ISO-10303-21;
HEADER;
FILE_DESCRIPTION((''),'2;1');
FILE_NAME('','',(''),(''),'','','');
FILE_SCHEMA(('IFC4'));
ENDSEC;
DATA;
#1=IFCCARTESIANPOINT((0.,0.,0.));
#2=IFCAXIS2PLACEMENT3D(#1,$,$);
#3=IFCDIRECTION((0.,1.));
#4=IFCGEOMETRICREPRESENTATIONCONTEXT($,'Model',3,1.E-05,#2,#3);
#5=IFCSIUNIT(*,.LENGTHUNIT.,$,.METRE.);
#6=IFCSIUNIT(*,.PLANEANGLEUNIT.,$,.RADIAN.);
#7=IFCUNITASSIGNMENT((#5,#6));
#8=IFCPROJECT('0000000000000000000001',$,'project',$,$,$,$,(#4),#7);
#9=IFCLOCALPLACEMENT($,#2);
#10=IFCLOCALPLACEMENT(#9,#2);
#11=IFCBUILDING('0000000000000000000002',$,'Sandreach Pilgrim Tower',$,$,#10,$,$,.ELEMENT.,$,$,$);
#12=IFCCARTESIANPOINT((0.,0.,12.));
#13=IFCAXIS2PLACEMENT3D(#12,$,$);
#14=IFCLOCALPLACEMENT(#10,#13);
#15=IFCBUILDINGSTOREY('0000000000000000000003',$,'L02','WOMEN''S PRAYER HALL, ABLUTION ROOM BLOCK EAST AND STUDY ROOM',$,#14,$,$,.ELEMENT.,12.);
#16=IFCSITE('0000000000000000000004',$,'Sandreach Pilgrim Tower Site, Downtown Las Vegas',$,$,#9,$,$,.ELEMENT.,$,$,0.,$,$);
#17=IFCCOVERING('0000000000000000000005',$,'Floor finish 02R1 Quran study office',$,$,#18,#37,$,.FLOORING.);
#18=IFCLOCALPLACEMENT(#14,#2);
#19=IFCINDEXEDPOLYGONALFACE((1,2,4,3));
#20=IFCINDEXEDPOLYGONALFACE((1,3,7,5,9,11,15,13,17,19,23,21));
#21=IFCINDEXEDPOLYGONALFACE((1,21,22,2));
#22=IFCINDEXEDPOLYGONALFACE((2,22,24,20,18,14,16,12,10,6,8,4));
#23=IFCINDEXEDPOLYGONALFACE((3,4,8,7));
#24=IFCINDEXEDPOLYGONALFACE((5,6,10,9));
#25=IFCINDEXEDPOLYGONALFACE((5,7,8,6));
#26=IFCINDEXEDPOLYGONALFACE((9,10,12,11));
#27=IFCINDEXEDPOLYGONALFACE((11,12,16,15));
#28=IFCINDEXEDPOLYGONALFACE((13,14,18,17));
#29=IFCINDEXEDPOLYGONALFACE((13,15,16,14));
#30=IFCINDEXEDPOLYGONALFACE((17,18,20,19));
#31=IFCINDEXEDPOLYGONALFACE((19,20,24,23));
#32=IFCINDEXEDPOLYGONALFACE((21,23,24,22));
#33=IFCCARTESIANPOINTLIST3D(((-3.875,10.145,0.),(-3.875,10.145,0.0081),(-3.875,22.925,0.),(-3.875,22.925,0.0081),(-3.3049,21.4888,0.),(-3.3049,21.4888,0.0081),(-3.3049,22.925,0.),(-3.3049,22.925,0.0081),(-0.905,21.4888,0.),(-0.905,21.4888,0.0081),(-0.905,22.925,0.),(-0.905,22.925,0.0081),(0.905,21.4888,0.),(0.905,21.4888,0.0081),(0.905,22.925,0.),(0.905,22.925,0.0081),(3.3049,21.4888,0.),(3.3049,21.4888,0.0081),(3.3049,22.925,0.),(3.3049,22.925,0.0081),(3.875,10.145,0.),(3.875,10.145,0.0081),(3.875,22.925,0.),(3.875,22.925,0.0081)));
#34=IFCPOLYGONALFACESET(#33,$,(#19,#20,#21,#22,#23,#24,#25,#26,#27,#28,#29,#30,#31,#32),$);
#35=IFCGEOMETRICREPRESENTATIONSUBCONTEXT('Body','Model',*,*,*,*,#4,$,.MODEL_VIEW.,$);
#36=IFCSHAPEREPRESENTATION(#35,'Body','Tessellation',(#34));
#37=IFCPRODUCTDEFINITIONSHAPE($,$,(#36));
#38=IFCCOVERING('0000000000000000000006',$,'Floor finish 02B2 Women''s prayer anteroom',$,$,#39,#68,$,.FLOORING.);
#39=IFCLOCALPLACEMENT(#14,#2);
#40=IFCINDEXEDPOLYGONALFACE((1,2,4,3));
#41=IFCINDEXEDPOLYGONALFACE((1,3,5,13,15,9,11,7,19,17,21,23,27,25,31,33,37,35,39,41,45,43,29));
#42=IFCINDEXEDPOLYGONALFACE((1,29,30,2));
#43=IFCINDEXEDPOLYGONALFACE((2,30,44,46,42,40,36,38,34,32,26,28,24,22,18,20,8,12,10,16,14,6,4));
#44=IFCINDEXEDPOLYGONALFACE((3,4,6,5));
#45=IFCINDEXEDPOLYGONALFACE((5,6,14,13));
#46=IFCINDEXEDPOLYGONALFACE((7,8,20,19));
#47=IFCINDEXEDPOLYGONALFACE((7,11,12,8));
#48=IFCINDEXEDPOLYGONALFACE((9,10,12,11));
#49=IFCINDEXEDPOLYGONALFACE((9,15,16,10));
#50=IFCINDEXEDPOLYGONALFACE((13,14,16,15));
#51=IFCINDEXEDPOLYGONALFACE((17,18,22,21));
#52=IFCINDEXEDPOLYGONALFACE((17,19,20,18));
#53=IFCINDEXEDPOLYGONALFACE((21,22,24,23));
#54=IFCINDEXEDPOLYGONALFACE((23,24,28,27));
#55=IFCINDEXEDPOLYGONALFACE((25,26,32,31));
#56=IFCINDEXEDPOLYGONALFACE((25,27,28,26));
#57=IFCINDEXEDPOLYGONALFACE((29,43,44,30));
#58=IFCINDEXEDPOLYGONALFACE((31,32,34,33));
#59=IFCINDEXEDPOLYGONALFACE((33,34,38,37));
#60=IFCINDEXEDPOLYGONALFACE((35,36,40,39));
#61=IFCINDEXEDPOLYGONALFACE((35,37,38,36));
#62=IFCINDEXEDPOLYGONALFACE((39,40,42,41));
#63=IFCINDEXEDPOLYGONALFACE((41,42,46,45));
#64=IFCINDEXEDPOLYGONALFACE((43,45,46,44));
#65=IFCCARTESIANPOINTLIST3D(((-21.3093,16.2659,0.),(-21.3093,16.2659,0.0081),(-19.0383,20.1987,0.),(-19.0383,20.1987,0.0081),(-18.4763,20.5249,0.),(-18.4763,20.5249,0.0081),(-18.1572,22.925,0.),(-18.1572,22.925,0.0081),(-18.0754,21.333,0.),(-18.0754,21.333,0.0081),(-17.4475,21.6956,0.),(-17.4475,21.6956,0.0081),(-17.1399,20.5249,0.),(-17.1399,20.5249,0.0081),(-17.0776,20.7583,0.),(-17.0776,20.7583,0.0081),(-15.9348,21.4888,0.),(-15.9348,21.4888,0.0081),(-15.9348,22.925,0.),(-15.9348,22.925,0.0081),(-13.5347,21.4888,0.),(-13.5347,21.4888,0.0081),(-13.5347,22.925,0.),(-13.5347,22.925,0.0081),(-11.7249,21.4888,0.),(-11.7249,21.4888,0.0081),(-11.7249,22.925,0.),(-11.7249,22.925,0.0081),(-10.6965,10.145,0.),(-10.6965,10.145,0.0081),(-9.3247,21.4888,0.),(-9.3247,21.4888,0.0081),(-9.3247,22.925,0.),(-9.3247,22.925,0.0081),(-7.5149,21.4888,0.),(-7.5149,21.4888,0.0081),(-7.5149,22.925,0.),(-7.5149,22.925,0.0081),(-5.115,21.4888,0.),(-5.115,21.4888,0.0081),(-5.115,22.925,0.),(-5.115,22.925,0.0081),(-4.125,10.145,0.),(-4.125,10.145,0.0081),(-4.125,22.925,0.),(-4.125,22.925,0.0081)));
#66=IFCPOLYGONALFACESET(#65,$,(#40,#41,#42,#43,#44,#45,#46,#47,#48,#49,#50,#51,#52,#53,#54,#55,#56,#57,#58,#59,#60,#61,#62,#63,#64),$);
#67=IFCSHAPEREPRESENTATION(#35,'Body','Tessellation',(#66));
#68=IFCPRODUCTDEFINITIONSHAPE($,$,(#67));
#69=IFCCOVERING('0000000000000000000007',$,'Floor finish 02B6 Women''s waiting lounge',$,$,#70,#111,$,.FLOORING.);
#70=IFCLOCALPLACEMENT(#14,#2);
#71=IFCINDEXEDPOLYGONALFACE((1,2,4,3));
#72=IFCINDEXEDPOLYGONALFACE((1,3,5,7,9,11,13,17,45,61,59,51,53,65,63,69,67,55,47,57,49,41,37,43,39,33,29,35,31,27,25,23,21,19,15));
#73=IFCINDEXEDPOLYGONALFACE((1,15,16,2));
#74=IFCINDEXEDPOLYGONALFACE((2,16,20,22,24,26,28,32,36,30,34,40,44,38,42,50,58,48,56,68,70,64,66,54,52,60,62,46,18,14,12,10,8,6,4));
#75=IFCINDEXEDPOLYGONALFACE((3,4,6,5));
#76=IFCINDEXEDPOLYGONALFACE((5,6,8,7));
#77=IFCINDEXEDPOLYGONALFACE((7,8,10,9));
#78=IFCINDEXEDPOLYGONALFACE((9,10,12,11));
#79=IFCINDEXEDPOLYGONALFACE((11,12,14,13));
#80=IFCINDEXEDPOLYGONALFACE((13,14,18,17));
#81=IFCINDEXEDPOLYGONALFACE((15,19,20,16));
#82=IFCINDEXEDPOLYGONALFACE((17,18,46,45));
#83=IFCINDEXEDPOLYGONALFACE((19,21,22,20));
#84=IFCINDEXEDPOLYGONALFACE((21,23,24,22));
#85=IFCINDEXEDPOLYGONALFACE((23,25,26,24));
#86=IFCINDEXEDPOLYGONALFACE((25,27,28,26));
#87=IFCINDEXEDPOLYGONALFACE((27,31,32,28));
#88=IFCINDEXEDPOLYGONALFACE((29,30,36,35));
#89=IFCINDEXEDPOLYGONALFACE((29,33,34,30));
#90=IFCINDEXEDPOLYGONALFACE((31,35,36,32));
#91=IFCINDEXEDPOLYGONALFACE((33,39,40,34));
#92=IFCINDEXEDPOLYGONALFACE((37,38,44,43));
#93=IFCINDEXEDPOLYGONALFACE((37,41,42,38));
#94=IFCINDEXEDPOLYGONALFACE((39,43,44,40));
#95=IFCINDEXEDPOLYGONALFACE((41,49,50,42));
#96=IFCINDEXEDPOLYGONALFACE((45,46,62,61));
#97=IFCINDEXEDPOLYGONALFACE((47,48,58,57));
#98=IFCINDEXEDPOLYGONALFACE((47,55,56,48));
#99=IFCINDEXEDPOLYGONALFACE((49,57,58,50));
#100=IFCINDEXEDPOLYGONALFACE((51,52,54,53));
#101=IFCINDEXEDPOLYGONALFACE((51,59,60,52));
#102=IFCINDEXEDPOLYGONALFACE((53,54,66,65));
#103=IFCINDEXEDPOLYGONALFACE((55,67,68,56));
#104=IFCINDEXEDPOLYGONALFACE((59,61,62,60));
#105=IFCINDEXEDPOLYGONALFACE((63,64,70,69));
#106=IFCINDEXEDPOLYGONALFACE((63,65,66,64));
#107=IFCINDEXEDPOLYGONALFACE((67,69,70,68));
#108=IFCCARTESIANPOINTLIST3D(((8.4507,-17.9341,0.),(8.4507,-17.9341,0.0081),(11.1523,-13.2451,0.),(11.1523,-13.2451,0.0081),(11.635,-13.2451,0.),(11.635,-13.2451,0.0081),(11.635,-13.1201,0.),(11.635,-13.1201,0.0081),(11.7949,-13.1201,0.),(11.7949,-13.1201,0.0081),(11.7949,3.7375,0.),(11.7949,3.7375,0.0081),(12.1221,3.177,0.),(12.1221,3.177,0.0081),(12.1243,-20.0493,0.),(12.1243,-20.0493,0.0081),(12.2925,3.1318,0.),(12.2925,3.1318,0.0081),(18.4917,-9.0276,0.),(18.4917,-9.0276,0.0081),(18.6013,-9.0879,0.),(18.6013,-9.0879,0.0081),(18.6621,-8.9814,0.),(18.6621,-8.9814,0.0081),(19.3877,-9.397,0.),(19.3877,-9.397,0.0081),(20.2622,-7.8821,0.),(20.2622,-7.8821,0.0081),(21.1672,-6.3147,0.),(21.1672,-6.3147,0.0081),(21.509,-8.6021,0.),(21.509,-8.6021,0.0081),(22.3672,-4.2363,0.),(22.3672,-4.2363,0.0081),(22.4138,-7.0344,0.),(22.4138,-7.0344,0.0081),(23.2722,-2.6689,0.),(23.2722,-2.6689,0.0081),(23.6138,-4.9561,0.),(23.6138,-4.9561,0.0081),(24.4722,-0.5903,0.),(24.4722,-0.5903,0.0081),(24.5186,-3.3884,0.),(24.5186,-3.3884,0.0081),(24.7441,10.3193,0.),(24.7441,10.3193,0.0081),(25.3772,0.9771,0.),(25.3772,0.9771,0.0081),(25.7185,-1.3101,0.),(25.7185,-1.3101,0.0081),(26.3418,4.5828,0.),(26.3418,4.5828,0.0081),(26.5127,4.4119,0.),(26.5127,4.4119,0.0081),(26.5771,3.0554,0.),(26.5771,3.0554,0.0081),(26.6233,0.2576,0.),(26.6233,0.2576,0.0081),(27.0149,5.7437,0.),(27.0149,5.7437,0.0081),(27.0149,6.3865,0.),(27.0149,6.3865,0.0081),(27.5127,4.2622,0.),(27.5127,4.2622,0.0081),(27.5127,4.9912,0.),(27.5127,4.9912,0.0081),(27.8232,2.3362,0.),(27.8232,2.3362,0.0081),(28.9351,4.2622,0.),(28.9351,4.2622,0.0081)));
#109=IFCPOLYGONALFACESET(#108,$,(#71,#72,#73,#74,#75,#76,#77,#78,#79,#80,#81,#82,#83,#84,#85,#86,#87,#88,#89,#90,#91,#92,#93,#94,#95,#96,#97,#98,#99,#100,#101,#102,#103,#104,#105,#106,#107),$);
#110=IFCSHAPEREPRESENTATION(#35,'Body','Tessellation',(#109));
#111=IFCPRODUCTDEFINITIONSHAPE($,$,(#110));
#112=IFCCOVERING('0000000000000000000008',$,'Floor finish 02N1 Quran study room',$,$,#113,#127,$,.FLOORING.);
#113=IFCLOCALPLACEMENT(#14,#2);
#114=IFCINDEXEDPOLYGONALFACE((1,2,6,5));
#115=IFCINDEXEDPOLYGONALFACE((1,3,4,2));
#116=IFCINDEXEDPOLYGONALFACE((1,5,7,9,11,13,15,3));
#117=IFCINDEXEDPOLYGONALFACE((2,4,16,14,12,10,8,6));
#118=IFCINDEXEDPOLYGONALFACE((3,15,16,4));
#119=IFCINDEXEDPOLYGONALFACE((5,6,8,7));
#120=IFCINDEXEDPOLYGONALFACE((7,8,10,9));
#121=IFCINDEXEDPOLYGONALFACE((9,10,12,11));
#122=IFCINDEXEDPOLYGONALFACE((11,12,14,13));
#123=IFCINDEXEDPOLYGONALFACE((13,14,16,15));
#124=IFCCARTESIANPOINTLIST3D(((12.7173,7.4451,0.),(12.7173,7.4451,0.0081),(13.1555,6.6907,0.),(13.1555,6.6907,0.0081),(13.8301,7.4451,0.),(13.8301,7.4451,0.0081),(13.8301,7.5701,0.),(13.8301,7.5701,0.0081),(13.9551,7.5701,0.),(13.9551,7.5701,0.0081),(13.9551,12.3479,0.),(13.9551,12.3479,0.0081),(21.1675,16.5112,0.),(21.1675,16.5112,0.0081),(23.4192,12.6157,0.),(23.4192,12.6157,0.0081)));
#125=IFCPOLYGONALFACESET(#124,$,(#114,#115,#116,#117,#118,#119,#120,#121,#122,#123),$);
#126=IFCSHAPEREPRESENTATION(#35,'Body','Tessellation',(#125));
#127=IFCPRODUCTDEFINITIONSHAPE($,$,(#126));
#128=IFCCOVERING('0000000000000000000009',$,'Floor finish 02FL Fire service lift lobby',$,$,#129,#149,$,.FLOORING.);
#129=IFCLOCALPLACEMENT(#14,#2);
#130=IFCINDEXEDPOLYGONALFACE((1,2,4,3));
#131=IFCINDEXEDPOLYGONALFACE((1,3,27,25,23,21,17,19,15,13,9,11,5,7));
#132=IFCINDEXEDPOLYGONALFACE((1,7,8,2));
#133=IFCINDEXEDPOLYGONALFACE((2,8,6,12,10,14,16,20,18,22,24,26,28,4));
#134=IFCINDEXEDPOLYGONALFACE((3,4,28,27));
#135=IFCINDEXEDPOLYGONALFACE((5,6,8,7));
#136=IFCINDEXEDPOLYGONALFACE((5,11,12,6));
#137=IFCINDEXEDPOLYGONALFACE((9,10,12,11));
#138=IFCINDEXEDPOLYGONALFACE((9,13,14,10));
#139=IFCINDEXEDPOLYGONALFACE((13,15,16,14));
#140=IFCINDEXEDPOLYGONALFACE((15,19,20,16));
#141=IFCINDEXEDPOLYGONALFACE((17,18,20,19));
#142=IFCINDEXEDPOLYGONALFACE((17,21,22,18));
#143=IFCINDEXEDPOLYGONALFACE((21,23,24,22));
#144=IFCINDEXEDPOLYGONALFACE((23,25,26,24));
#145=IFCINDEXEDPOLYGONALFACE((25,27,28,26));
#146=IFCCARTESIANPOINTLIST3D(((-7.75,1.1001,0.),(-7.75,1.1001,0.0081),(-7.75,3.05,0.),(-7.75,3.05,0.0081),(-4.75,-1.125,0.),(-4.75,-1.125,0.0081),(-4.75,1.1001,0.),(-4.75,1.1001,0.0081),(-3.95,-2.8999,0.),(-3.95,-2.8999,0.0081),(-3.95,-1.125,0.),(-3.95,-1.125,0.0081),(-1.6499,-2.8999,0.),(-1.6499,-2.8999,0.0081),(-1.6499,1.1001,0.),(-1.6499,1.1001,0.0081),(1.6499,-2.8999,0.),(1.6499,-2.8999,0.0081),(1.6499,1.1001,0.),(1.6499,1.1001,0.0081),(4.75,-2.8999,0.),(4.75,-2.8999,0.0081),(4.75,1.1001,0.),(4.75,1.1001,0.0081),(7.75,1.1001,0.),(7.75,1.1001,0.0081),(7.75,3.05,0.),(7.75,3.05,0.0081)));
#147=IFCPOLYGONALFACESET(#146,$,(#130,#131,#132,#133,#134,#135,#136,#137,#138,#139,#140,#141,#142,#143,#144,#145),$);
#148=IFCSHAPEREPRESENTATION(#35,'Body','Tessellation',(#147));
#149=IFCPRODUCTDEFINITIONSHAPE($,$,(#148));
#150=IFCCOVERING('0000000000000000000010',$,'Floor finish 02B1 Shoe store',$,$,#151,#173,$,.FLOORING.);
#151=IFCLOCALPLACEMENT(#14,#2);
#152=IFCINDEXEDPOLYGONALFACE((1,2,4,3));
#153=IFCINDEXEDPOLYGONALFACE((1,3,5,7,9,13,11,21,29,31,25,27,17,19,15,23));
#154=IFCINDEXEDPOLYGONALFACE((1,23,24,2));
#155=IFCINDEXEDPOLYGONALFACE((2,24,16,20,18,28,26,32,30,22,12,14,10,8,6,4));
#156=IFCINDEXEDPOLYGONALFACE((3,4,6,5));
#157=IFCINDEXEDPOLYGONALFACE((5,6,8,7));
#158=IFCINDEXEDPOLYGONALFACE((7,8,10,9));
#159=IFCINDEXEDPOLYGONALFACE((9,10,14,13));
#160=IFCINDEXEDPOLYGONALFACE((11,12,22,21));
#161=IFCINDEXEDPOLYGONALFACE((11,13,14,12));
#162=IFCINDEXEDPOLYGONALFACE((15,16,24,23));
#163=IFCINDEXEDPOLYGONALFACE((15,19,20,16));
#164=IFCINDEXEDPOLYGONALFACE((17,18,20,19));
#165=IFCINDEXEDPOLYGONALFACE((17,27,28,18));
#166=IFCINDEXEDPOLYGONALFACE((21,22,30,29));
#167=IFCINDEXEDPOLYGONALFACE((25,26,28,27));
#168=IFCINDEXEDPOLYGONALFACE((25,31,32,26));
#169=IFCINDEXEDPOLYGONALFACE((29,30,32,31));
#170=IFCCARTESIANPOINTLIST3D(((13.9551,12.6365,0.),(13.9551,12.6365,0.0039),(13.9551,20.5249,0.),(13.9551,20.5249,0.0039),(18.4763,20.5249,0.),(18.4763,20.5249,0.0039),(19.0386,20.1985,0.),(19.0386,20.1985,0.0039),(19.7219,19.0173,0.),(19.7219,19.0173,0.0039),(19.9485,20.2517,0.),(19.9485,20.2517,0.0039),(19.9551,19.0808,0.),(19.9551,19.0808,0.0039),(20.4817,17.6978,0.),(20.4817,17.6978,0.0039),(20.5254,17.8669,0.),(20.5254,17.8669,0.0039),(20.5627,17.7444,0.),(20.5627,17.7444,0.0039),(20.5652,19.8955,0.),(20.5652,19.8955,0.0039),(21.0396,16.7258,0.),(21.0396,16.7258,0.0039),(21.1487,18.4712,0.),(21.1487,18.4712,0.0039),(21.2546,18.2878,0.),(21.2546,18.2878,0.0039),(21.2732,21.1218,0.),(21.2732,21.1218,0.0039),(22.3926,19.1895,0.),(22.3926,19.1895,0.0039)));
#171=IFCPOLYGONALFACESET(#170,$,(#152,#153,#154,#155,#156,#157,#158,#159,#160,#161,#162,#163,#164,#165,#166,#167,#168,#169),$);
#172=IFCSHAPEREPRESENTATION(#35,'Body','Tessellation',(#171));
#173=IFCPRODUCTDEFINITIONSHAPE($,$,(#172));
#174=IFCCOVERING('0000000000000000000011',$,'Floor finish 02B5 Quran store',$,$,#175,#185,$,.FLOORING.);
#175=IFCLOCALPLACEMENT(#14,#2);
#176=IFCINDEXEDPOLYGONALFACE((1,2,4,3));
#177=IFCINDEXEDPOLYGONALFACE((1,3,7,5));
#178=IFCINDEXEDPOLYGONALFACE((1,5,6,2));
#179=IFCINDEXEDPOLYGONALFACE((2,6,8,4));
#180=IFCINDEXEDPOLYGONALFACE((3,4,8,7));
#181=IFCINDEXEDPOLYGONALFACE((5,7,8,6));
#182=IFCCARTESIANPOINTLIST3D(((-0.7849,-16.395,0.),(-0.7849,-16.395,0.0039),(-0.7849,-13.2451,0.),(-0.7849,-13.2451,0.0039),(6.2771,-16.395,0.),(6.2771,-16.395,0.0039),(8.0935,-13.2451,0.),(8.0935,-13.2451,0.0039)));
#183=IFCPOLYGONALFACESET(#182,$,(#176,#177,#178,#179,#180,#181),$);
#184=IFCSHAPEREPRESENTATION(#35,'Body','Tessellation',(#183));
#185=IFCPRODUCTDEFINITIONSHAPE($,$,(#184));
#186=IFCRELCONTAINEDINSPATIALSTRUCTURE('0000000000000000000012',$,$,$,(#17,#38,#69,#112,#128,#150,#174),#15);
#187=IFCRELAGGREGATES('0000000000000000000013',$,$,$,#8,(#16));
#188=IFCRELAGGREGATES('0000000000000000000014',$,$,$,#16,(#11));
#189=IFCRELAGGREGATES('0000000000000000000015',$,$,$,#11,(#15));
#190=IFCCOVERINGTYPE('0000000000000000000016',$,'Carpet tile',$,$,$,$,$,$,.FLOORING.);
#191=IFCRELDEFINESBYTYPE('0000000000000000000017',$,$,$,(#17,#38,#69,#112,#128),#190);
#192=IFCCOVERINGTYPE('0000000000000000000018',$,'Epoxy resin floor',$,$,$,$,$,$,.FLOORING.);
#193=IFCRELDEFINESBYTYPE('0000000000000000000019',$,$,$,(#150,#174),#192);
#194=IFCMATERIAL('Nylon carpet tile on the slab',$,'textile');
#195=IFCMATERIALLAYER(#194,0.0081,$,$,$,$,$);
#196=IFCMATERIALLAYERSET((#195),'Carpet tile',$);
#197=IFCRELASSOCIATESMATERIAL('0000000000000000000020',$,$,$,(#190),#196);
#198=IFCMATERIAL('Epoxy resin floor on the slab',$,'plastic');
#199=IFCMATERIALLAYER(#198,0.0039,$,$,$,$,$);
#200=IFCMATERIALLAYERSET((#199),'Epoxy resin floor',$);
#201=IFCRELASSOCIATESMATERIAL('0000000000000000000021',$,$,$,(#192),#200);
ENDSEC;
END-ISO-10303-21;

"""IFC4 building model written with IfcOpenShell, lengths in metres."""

from ifc_helpers import new_model, si_unit, direction, frame, origin, place, context, subcontext, project, spatial, polyline, outline, extrude, material, layer, layer_set, type_object, element, save


model = new_model("IFC4")

# Units and contexts
model_context = context("Model", 3, precision=1e-05, world=origin(), true_north=direction((0.0, 1.0)))
body_context = subcontext(model_context, "Body", "Model", "MODEL_VIEW")
ifc_project = project(units=[si_unit("LENGTHUNIT", "METRE"), si_unit("PLANEANGLEUNIT", "RADIAN")], contexts=[model_context])

# Site, building, storey
site_placement = place(None, origin())
site = spatial("IfcSite", under=ifc_project, at=site_placement, Name="Sandreach Pilgrim Tower Site, Downtown Las Vegas", CompositionType="ELEMENT", RefElevation=0.0)
building_placement = place(site_placement, origin())
building = spatial("IfcBuilding", under=site, at=building_placement, Name="Sandreach Pilgrim Tower", CompositionType="ELEMENT")
storey_placement = place(building_placement, frame((0.0, 0.0, 12.0)))
storey = spatial("IfcBuildingStorey", under=building, at=storey_placement, Name="L02", Description="WOMEN'S PRAYER HALL, ABLUTION ROOM BLOCK EAST AND STUDY ROOM", CompositionType="ELEMENT", Elevation=12.0)

# Coverings
ifc_material_1 = material(Name="Nylon carpet tile on the slab", Category="textile")
ifc_layer_1 = layer(ifc_material_1, 0.0081)
ifc_layer_set_1 = layer_set([ifc_layer_1], Name="Carpet tile")
covering_type_1 = type_object("IfcCoveringType", Name="Carpet tile", PredefinedType="FLOORING", material=ifc_layer_set_1)
covering_1_placement = place(storey_placement, origin())
element("IfcCovering", 1, at=covering_1_placement, inside=storey, type_object=covering_type_1, Name="Floor finish 02R1 Quran study office", PredefinedType="FLOORING", context=body_context, shape_type="SweptSolid", body=[
    extrude(outline(polyline([(3.875, 10.145), (-3.875, 10.145), (-3.875, 22.925), (-3.3049, 22.925), (-3.3049, 21.4888), (-0.905, 21.4888), (-0.905, 22.925), (0.905, 22.925), (0.905, 21.4888), (3.3049, 21.4888), (3.3049, 22.925), (3.875, 22.925), (3.875, 10.145)])), origin(), (0.0, 0.0, 1.0), 0.0081),
])
covering_2_placement = place(storey_placement, origin())
element("IfcCovering", 2, at=covering_2_placement, inside=storey, type_object=covering_type_1, Name="Floor finish 02B2 Women's prayer anteroom", PredefinedType="FLOORING", context=body_context, shape_type="SweptSolid", body=[
    extrude(outline(polyline([(-5.115, 22.925), (-4.125, 22.925), (-4.125, 10.145), (-10.6965, 10.145), (-21.3093, 16.2659), (-19.0383, 20.1987), (-18.4763, 20.5249), (-17.1399, 20.5249), (-17.0776, 20.7583), (-18.0754, 21.333), (-17.4475, 21.6956), (-18.1572, 22.925), (-15.9348, 22.925), (-15.9348, 21.4888), (-13.5347, 21.4888), (-13.5347, 22.925), (-11.7249, 22.925), (-11.7249, 21.4888), (-9.3247, 21.4888), (-9.3247, 22.925), (-7.5149, 22.925), (-7.5149, 21.4888), (-5.115, 21.4888), (-5.115, 22.925)])), origin(), (0.0, 0.0, 1.0), 0.0081),
])
covering_3_placement = place(storey_placement, origin())
element("IfcCovering", 3, at=covering_3_placement, inside=storey, type_object=covering_type_1, Name="Floor finish 02B6 Women's waiting lounge", PredefinedType="FLOORING", context=body_context, shape_type="SweptSolid", body=[
    extrude(outline(polyline([(11.635, -13.1201), (11.7949, -13.1201), (11.7949, 3.7375), (12.1221, 3.177), (12.2925, 3.1318), (24.7441, 10.3193), (27.0149, 6.3865), (27.0149, 5.7437), (26.3418, 4.5828), (26.5127, 4.4119), (27.5127, 4.9912), (27.5127, 4.2622), (28.9351, 4.2622), (27.8232, 2.3362), (26.5771, 3.0554), (25.3772, 0.9771), (26.6233, 0.2576), (25.7185, -1.3101), (24.4722, -0.5903), (23.2722, -2.6689), (24.5186, -3.3884), (23.6138, -4.9561), (22.3672, -4.2363), (21.1672, -6.3147), (22.4138, -7.0344), (21.509, -8.6021), (20.2622, -7.8821), (19.3877, -9.397), (18.6621, -8.9814), (18.6013, -9.0879), (18.4917, -9.0276), (12.1243, -20.0493), (8.4507, -17.9341), (11.1523, -13.2451), (11.635, -13.2451), (11.635, -13.1201)])), origin(), (0.0, 0.0, 1.0), 0.0081),
])
covering_4_placement = place(storey_placement, origin())
element("IfcCovering", 4, at=covering_4_placement, inside=storey, type_object=covering_type_1, Name="Floor finish 02N1 Quran study room", PredefinedType="FLOORING", context=body_context, shape_type="SweptSolid", body=[
    extrude(outline(polyline([(13.8301, 7.5701), (13.9551, 7.5701), (13.9551, 12.3479), (21.1675, 16.5112), (23.4192, 12.6157), (13.1555, 6.6907), (12.7173, 7.4451), (13.8301, 7.4451), (13.8301, 7.5701)])), origin(), (0.0, 0.0, 1.0), 0.0081),
])
covering_5_placement = place(storey_placement, origin())
element("IfcCovering", 5, at=covering_5_placement, inside=storey, type_object=covering_type_1, Name="Floor finish 02FL Fire service lift lobby", PredefinedType="FLOORING", context=body_context, shape_type="SweptSolid", body=[
    extrude(outline(polyline([(-3.95, -1.125), (-4.75, -1.125), (-4.75, 1.1001), (-7.75, 1.1001), (-7.75, 3.05), (7.75, 3.05), (7.75, 1.1001), (4.75, 1.1001), (4.75, -2.8999), (1.6499, -2.8999), (1.6499, 1.1001), (-1.6499, 1.1001), (-1.6499, -2.8999), (-3.95, -2.8999), (-3.95, -1.125)])), origin(), (0.0, 0.0, 1.0), 0.0081),
])
ifc_material_2 = material(Name="Epoxy resin floor on the slab", Category="plastic")
ifc_layer_2 = layer(ifc_material_2, 0.0039)
ifc_layer_set_2 = layer_set([ifc_layer_2], Name="Epoxy resin floor")
covering_type_2 = type_object("IfcCoveringType", Name="Epoxy resin floor", PredefinedType="FLOORING", material=ifc_layer_set_2)
covering_6_placement = place(storey_placement, origin())
element("IfcCovering", 6, at=covering_6_placement, inside=storey, type_object=covering_type_2, Name="Floor finish 02B1 Shoe store", PredefinedType="FLOORING", context=body_context, shape_type="SweptSolid", body=[
    extrude(outline(polyline([(19.9551, 19.0808), (19.9485, 20.2517), (20.5652, 19.8955), (21.2732, 21.1218), (22.3926, 19.1895), (21.1487, 18.4712), (21.2546, 18.2878), (20.5254, 17.8669), (20.5627, 17.7444), (20.4817, 17.6978), (21.0396, 16.7258), (13.9551, 12.6365), (13.9551, 20.5249), (18.4763, 20.5249), (19.0386, 20.1985), (19.7219, 19.0173), (19.9551, 19.0808)])), origin(), (0.0, 0.0, 1.0), 0.0039),
])
covering_7_placement = place(storey_placement, origin())
element("IfcCovering", 7, at=covering_7_placement, inside=storey, type_object=covering_type_2, Name="Floor finish 02B5 Quran store", PredefinedType="FLOORING", context=body_context, shape_type="SweptSolid", body=[
    extrude(outline(polyline([(8.0935, -13.2451), (6.2771, -16.395), (-0.7849, -16.395), (-0.7849, -13.2451), (8.0935, -13.2451)])), origin(), (0.0, 0.0, 1.0), 0.0039),
])

save(model, "model.ifc")
